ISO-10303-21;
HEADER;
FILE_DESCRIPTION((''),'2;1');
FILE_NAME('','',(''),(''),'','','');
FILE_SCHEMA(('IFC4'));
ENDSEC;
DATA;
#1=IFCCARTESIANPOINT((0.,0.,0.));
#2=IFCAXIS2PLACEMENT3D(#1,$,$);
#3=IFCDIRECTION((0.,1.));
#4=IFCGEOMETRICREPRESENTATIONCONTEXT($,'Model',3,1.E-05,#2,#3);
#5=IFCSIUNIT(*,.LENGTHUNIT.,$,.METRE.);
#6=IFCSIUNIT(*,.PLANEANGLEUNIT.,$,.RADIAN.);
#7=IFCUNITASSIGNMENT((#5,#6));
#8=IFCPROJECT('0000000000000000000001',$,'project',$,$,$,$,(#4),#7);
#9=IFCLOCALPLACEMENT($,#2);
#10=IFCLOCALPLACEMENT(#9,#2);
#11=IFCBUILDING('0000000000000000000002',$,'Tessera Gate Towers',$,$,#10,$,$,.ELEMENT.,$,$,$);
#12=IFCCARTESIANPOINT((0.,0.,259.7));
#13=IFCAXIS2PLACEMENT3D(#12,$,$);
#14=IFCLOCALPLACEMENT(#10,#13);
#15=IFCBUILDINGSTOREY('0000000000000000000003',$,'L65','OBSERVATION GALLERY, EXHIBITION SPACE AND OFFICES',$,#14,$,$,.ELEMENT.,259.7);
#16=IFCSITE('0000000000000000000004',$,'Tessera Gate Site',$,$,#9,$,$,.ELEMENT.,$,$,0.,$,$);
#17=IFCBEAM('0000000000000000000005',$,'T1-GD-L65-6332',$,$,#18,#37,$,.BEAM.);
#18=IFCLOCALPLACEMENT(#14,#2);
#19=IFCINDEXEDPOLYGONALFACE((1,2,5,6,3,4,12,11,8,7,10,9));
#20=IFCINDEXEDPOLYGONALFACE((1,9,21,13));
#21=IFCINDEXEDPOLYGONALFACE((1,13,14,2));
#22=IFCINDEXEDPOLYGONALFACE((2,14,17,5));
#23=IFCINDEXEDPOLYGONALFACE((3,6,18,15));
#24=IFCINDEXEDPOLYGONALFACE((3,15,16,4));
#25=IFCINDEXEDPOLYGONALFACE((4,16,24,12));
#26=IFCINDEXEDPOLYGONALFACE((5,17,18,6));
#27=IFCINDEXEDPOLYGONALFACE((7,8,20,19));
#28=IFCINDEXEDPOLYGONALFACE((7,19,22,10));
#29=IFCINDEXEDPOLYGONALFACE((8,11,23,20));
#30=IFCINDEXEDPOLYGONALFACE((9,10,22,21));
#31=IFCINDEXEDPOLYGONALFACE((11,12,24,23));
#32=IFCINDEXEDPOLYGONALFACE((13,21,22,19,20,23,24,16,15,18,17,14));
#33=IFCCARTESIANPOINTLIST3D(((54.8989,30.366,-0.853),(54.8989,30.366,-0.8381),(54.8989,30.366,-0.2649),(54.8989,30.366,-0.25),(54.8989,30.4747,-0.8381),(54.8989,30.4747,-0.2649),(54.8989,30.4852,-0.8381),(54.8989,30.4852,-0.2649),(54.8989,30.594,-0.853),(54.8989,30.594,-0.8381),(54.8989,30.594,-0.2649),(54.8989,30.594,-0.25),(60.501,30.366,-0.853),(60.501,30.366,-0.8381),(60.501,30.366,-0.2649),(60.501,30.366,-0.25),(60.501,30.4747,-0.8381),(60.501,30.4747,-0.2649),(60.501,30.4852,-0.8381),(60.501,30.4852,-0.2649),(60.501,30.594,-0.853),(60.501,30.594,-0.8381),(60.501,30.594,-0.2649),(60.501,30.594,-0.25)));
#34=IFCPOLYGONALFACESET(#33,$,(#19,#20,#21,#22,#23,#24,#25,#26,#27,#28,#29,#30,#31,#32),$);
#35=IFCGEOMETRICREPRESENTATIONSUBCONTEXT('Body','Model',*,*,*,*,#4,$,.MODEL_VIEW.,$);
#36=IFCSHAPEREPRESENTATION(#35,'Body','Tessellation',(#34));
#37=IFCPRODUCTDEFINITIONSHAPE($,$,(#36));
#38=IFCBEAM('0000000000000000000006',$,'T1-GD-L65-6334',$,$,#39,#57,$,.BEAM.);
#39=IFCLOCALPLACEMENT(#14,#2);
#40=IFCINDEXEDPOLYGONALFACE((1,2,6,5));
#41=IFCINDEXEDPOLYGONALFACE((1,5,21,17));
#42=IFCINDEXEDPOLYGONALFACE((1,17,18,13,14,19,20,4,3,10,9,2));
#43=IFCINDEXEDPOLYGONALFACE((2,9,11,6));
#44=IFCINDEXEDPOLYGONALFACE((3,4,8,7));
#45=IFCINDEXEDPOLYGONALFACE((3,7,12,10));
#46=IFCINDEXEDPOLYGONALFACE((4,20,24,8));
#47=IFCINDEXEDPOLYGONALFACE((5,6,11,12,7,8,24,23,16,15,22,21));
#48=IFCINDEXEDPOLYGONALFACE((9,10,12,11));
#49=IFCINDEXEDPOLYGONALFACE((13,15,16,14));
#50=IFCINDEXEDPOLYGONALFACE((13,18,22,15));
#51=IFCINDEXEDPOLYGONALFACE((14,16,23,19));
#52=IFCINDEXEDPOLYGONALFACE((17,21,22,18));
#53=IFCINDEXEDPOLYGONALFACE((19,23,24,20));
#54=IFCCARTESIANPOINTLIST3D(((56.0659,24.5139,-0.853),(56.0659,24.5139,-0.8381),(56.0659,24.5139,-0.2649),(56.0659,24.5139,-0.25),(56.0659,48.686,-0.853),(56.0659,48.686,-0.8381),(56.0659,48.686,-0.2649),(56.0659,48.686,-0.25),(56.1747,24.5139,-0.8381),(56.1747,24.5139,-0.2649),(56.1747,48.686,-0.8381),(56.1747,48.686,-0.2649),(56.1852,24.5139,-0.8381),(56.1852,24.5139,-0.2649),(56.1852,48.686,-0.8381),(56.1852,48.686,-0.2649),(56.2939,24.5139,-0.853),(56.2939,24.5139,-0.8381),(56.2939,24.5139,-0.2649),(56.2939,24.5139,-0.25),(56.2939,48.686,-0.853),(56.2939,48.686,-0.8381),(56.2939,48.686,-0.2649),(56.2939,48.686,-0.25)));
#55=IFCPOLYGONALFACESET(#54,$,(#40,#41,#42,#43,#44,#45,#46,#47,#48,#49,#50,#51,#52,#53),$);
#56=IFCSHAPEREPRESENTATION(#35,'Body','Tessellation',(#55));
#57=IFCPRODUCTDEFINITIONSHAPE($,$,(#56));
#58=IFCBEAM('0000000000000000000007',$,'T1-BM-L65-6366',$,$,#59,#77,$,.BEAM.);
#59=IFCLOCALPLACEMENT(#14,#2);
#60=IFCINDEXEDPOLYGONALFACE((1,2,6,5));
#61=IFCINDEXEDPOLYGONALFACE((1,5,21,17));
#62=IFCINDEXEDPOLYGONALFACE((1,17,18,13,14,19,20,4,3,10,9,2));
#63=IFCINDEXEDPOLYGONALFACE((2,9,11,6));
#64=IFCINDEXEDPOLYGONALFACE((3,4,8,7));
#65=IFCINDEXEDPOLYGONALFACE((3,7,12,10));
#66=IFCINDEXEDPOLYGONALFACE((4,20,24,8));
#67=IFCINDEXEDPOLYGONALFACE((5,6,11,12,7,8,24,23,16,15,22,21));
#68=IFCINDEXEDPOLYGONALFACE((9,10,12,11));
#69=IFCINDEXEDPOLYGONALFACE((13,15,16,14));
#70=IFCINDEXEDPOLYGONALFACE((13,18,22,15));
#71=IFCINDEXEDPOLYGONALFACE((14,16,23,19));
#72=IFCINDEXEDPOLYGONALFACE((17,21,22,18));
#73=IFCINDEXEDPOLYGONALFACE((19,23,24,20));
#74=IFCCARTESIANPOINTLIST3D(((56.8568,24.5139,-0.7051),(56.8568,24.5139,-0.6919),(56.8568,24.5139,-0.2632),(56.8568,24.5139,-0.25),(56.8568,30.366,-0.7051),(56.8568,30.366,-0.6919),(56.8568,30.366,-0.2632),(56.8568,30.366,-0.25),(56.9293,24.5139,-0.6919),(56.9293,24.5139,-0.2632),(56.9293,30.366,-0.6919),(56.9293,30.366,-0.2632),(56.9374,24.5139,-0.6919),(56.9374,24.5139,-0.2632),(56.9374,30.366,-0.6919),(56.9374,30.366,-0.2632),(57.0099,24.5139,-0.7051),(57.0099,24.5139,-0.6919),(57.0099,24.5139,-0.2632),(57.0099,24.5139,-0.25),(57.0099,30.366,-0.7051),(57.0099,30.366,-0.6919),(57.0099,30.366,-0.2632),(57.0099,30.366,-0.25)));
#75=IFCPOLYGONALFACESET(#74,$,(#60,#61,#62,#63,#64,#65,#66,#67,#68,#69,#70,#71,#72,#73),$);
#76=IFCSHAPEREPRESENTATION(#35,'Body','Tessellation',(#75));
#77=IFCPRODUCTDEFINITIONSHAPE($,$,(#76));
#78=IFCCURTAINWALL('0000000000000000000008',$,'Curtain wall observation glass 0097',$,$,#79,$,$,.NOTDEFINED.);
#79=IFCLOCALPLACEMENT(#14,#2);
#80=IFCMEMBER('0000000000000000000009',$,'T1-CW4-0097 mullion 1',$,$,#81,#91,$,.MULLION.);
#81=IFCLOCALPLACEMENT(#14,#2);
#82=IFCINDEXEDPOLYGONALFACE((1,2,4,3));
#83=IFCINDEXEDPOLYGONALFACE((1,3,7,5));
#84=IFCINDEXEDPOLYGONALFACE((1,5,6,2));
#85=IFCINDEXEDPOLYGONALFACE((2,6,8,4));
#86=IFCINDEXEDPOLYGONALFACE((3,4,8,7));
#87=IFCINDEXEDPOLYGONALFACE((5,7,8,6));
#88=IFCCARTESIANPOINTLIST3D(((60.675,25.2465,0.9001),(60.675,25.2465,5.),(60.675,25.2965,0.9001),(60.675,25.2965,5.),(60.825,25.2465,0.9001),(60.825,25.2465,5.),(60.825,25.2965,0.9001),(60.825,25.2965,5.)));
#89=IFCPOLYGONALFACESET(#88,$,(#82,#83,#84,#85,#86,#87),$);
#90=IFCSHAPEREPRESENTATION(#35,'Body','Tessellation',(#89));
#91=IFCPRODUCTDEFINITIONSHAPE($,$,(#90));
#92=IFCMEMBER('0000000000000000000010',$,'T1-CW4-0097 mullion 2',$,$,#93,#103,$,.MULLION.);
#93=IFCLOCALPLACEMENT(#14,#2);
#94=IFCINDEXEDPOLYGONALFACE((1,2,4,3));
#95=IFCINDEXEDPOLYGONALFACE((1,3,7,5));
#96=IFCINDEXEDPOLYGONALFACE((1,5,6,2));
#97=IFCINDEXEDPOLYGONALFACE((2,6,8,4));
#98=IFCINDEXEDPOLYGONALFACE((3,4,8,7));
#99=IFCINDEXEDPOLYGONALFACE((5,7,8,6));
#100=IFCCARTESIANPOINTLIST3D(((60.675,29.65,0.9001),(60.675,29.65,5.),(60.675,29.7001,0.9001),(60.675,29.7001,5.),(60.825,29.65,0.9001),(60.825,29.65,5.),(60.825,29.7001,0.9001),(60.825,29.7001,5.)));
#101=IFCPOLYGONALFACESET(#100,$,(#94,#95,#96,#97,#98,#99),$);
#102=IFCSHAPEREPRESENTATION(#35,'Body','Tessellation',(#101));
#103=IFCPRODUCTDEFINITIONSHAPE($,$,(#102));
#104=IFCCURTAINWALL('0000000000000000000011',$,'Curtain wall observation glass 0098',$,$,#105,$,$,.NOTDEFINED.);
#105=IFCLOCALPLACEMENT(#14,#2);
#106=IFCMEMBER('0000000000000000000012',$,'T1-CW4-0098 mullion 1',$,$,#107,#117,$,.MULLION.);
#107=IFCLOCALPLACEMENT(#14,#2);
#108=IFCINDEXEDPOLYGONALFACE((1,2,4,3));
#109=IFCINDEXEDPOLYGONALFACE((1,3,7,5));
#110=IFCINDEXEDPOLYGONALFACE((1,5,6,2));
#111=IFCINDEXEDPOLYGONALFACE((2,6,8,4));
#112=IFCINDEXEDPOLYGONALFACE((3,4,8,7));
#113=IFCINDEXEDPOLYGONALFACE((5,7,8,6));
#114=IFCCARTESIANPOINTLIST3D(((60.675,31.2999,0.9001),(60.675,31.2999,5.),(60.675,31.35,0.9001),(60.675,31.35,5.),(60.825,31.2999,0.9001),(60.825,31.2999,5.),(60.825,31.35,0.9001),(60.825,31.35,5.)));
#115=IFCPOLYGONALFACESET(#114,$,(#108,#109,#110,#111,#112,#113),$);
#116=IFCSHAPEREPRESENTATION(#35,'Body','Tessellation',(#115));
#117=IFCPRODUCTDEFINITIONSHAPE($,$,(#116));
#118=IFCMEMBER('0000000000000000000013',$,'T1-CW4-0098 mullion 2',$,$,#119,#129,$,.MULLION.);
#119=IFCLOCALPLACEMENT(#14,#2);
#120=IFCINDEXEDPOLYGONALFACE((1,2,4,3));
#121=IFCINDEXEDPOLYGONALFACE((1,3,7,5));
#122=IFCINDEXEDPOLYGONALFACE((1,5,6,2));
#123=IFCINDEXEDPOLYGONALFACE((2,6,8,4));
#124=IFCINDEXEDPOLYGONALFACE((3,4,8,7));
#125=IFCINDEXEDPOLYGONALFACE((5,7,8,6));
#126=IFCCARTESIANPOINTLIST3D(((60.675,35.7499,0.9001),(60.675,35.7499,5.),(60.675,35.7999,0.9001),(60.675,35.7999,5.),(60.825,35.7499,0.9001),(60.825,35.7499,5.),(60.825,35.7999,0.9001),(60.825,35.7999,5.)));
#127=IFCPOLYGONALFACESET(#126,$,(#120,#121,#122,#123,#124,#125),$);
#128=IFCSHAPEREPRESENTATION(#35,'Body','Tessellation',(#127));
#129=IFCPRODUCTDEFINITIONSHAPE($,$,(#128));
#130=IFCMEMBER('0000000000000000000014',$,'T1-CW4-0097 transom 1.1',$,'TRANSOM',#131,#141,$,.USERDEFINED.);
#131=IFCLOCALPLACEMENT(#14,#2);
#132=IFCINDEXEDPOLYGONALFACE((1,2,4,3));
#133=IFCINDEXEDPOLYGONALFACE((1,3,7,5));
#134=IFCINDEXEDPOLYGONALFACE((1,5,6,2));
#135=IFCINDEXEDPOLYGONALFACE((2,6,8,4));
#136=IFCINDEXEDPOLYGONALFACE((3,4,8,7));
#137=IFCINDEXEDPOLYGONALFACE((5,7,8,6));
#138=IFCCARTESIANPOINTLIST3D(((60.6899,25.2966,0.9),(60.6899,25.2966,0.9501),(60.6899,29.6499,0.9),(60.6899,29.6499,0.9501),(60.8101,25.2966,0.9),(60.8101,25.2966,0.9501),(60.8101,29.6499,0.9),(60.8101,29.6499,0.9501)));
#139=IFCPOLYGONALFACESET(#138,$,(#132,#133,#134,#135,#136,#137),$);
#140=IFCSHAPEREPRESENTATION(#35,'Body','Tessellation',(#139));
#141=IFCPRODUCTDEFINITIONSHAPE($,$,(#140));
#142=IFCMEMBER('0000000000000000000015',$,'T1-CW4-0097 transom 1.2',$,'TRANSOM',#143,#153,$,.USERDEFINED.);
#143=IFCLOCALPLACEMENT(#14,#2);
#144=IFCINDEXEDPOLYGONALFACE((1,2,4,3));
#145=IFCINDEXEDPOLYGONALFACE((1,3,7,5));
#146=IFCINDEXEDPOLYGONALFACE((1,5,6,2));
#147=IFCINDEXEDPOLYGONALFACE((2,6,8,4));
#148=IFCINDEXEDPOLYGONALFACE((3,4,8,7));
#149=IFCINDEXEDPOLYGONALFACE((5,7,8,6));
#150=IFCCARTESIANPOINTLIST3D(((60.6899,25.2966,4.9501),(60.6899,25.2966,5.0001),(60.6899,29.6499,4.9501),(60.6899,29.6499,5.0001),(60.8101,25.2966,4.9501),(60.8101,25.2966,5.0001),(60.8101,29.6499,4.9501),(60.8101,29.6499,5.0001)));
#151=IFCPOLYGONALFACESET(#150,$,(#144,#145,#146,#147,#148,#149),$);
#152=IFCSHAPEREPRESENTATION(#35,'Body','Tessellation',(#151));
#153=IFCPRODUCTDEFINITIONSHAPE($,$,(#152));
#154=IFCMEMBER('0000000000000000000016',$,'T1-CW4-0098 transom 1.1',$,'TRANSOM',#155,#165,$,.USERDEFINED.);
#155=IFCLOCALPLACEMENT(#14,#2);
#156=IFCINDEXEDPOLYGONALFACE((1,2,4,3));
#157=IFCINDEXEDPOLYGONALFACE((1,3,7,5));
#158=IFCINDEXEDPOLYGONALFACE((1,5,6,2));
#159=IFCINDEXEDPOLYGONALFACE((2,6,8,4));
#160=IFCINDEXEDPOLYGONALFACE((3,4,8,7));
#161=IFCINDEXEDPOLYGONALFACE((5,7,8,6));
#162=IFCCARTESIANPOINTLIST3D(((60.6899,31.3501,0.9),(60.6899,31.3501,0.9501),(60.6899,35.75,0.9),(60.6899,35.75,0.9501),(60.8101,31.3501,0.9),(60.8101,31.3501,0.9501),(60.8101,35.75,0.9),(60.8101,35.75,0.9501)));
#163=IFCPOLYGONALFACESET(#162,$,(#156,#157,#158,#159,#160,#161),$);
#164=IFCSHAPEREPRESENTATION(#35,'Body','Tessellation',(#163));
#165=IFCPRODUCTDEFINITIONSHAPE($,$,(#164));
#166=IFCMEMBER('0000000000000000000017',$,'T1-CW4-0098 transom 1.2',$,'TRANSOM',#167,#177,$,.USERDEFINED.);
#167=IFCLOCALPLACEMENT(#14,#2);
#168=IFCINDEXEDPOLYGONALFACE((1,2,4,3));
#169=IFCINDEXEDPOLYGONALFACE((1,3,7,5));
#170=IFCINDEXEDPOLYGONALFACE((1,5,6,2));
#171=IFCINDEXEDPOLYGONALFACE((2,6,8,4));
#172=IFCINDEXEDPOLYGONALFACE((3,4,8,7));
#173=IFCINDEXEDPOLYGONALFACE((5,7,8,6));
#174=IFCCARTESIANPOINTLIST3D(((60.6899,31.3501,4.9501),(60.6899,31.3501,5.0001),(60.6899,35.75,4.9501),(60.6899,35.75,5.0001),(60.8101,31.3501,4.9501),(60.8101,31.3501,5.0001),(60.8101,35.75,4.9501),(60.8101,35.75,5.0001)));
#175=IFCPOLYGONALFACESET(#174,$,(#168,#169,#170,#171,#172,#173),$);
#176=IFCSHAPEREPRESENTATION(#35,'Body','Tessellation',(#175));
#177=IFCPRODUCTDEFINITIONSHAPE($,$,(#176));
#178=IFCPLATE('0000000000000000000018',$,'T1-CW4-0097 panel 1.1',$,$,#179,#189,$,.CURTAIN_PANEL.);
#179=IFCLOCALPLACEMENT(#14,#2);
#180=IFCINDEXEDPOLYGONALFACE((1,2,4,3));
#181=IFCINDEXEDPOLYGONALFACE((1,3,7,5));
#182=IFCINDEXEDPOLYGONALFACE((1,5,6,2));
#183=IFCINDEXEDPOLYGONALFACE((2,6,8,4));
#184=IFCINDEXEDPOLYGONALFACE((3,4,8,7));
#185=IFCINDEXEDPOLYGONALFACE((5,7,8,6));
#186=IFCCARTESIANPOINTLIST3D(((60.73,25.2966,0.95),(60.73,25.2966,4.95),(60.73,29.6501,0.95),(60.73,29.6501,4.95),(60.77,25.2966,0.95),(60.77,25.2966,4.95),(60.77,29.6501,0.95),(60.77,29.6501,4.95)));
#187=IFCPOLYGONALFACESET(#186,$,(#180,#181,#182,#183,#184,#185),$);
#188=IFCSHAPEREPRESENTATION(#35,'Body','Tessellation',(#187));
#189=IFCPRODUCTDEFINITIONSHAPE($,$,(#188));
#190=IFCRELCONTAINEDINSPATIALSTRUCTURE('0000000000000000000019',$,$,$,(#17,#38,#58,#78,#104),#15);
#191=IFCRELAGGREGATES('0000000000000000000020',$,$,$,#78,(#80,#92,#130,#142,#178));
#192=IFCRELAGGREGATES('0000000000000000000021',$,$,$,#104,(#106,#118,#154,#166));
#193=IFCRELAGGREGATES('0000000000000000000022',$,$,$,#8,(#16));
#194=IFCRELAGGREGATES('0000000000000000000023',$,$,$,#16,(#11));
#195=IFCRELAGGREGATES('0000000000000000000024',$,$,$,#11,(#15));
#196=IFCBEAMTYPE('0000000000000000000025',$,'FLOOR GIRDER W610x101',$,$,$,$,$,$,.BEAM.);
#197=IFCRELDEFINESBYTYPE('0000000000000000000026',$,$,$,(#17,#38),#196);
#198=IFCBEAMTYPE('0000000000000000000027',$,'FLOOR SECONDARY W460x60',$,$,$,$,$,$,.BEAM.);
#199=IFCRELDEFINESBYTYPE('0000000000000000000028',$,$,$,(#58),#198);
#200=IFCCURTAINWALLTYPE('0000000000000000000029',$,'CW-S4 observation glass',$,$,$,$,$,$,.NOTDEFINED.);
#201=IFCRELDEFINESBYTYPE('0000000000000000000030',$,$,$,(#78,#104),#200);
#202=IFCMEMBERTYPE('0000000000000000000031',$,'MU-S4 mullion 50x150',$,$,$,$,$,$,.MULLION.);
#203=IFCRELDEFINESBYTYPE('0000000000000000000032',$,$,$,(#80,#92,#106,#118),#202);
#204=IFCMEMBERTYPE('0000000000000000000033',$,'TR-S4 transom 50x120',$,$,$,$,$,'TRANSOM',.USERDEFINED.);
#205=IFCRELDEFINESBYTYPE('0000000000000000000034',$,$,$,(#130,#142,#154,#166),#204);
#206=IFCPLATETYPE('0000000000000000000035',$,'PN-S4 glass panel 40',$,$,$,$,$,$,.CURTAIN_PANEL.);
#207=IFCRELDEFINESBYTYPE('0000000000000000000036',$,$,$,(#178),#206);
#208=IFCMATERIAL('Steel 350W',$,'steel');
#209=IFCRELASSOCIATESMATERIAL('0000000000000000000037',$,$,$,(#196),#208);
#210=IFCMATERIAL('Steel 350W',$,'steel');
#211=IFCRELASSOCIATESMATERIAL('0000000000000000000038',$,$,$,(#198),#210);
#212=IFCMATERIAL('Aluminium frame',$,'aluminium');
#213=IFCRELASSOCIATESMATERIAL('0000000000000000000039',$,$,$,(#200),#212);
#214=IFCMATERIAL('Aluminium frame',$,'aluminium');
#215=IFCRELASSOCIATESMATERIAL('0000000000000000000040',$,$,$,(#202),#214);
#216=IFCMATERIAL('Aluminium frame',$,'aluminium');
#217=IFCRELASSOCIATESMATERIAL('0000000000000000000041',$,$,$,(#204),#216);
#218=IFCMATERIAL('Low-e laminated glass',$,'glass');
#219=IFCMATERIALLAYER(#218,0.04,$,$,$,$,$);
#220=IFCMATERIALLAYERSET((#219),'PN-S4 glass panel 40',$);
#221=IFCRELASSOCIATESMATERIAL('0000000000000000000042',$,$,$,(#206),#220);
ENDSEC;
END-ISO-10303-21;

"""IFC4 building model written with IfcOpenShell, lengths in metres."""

from ifc_helpers import new_model, si_unit, direction, frame, origin, origin_2d, place, context, subcontext, project, spatial, rectangle, i_section, extrude, material, layer, layer_set, material_profile, profile_set, type_object, element, aggregate, save


model = new_model("IFC4")

# Units and contexts
model_context = context("Model", 3, precision=1e-05, world=origin(), true_north=direction((0.0, 1.0)))
body_context = subcontext(model_context, "Body", "Model", "MODEL_VIEW")
ifc_project = project(units=[si_unit("LENGTHUNIT", "METRE"), si_unit("PLANEANGLEUNIT", "RADIAN")], contexts=[model_context])

# Site, building, storey
site_placement = place(None, origin())
site = spatial("IfcSite", under=ifc_project, at=site_placement, Name="Tessera Gate Site", CompositionType="ELEMENT", RefElevation=0.0)
building_placement = place(site_placement, origin())
building = spatial("IfcBuilding", under=site, at=building_placement, Name="Tessera Gate Towers", CompositionType="ELEMENT")
storey_placement = place(building_placement, frame((0.0, 0.0, 259.7)))
storey = spatial("IfcBuildingStorey", under=building, at=storey_placement, Name="L65", Description="OBSERVATION GALLERY, EXHIBITION SPACE AND OFFICES", CompositionType="ELEMENT", Elevation=259.7)

# Beams
ifc_material_1 = material(Name="Steel 350W", Category="steel")
ifc_material_profile_1 = material_profile(ifc_material_1, i_section(OverallWidth=0.228, OverallDepth=0.603, WebThickness=0.0105, FlangeThickness=0.0149, at=origin_2d()), Name="W610x101")
ifc_profile_set_1 = profile_set([ifc_material_profile_1], Name="Steel 350W")
beam_type_1 = type_object("IfcBeamType", Name="FLOOR GIRDER W610x101", PredefinedType="BEAM", material=ifc_profile_set_1)
beam_1_placement = place(storey_placement, frame((54.8989, 30.48, -0.5515), z_axis=(1.0, 0.0, 0.0), x_axis=(0.0, 1.0, 0.0)))
element("IfcBeam", 1, at=beam_1_placement, inside=storey, type_object=beam_type_1, Name="T1-GD-L65-6332", PredefinedType="BEAM", context=body_context, shape_type="SweptSolid", body=[
    extrude(i_section(OverallWidth=0.228, OverallDepth=0.603, WebThickness=0.0105, FlangeThickness=0.0149, at=origin_2d()), origin(), (0.0, 0.0, 1.0), 5.6021),
])
beam_2_placement = place(storey_placement, frame((56.1799, 24.5139, -0.5515), z_axis=(0.0, 1.0, 0.0), x_axis=(-1.0, 0.0, 0.0)))
element("IfcBeam", 2, at=beam_2_placement, inside=storey, type_object=beam_type_1, Name="T1-GD-L65-6334", PredefinedType="BEAM", context=body_context, shape_type="SweptSolid", body=[
    extrude(i_section(OverallWidth=0.228, OverallDepth=0.603, WebThickness=0.0105, FlangeThickness=0.0149, at=origin_2d()), origin(), (0.0, 0.0, 1.0), 24.1721),
])
ifc_material_2 = material(Name="Steel 350W", Category="steel")
ifc_material_profile_2 = material_profile(ifc_material_2, i_section(OverallWidth=0.1531, OverallDepth=0.4551, WebThickness=0.0081, FlangeThickness=0.0132, at=origin_2d()), Name="W460x60")
ifc_profile_set_2 = profile_set([ifc_material_profile_2], Name="Steel 350W")
beam_type_2 = type_object("IfcBeamType", Name="FLOOR SECONDARY W460x60", PredefinedType="BEAM", material=ifc_profile_set_2)
beam_3_placement = place(storey_placement, frame((56.9333, 24.5139, -0.4775), z_axis=(0.0, 1.0, 0.0), x_axis=(-1.0, 0.0, 0.0)))
element("IfcBeam", 3, at=beam_3_placement, inside=storey, type_object=beam_type_2, Name="T1-BM-L65-6366", PredefinedType="BEAM", context=body_context, shape_type="SweptSolid", body=[
    extrude(i_section(OverallWidth=0.1531, OverallDepth=0.4551, WebThickness=0.0081, FlangeThickness=0.0132, at=origin_2d()), origin(), (0.0, 0.0, 1.0), 5.8521),
])

# Curtain walls, members
ifc_material_3 = material(Name="Aluminium frame", Category="aluminium")
curtain_wall_type = type_object("IfcCurtainWallType", Name="CW-S4 observation glass", PredefinedType="NOTDEFINED", material=ifc_material_3)
curtain_wall_1_placement = place(storey_placement, origin())
curtain_wall_1 = element("IfcCurtainWall", 4, at=curtain_wall_1_placement, inside=storey, type_object=curtain_wall_type, Name="Curtain wall observation glass 0097", PredefinedType="NOTDEFINED")
ifc_material_4 = material(Name="Aluminium frame", Category="aluminium")
ifc_material_profile_3 = material_profile(ifc_material_4, rectangle(XDim=0.05, YDim=0.1499, at=origin_2d()), Name="AL 50x150")
ifc_profile_set_3 = profile_set([ifc_material_profile_3], Name="Aluminium frame")
member_type_1 = type_object("IfcMemberType", Name="MU-S4 mullion 50x150", PredefinedType="MULLION", material=ifc_profile_set_3)
member_1_placement = place(storey_placement, frame((60.75, 25.2715, 0.9001), z_axis=(0.0, 0.0, 1.0), x_axis=(0.0, 1.0, 0.0)))
member_1 = element("IfcMember", 5, at=member_1_placement, type_object=member_type_1, Name="T1-CW4-0097 mullion 1", PredefinedType="MULLION", context=body_context, shape_type="SweptSolid", body=[
    extrude(rectangle(XDim=0.05, YDim=0.1499, at=origin_2d()), origin(), (0.0, 0.0, 1.0), 4.0999),
])
member_2_placement = place(storey_placement, frame((60.75, 29.675, 0.9001), z_axis=(0.0, 0.0, 1.0), x_axis=(0.0, 1.0, 0.0)))
member_2 = element("IfcMember", 6, at=member_2_placement, type_object=member_type_1, Name="T1-CW4-0097 mullion 2", PredefinedType="MULLION", context=body_context, shape_type="SweptSolid", body=[
    extrude(rectangle(XDim=0.05, YDim=0.1499, at=origin_2d()), origin(), (0.0, 0.0, 1.0), 4.0999),
])
curtain_wall_2_placement = place(storey_placement, origin())
curtain_wall_2 = element("IfcCurtainWall", 7, at=curtain_wall_2_placement, inside=storey, type_object=curtain_wall_type, Name="Curtain wall observation glass 0098", PredefinedType="NOTDEFINED")
member_3_placement = place(storey_placement, frame((60.75, 31.325, 0.9001), z_axis=(0.0, 0.0, 1.0), x_axis=(0.0, 1.0, 0.0)))
member_3 = element("IfcMember", 8, at=member_3_placement, type_object=member_type_1, Name="T1-CW4-0098 mullion 1", PredefinedType="MULLION", context=body_context, shape_type="SweptSolid", body=[
    extrude(rectangle(XDim=0.05, YDim=0.1499, at=origin_2d()), origin(), (0.0, 0.0, 1.0), 4.0999),
])
member_4_placement = place(storey_placement, frame((60.75, 35.7749, 0.9001), z_axis=(0.0, 0.0, 1.0), x_axis=(0.0, 1.0, 0.0)))
member_4 = element("IfcMember", 9, at=member_4_placement, type_object=member_type_1, Name="T1-CW4-0098 mullion 2", PredefinedType="MULLION", context=body_context, shape_type="SweptSolid", body=[
    extrude(rectangle(XDim=0.05, YDim=0.1499, at=origin_2d()), origin(), (0.0, 0.0, 1.0), 4.0999),
])

# Members
ifc_material_5 = material(Name="Aluminium frame", Category="aluminium")
ifc_material_profile_4 = material_profile(ifc_material_5, rectangle(XDim=0.1201, YDim=0.05, at=origin_2d()), Name="AL 50x120")
ifc_profile_set_4 = profile_set([ifc_material_profile_4], Name="Aluminium frame")
member_type_2 = type_object("IfcMemberType", Name="TR-S4 transom 50x120", ElementType="TRANSOM", PredefinedType="USERDEFINED", material=ifc_profile_set_4)
member_5_placement = place(storey_placement, frame((60.75, 25.2966, 0.925), z_axis=(0.0, 1.0, 0.0), x_axis=(-1.0, 0.0, 0.0)))
member_5 = element("IfcMember", 10, at=member_5_placement, type_object=member_type_2, Name="T1-CW4-0097 transom 1.1", ObjectType="TRANSOM", PredefinedType="USERDEFINED", context=body_context, shape_type="SweptSolid", body=[
    extrude(rectangle(XDim=0.1201, YDim=0.05, at=origin_2d()), origin(), (0.0, 0.0, 1.0), 4.3533),
])
member_6_placement = place(storey_placement, frame((60.75, 25.2966, 4.9751), z_axis=(0.0, 1.0, 0.0), x_axis=(-1.0, 0.0, 0.0)))
member_6 = element("IfcMember", 11, at=member_6_placement, type_object=member_type_2, Name="T1-CW4-0097 transom 1.2", ObjectType="TRANSOM", PredefinedType="USERDEFINED", context=body_context, shape_type="SweptSolid", body=[
    extrude(rectangle(XDim=0.1201, YDim=0.05, at=origin_2d()), origin(), (0.0, 0.0, 1.0), 4.3533),
])
member_7_placement = place(storey_placement, frame((60.75, 31.3501, 0.925), z_axis=(0.0, 1.0, 0.0), x_axis=(-1.0, 0.0, 0.0)))
member_7 = element("IfcMember", 12, at=member_7_placement, type_object=member_type_2, Name="T1-CW4-0098 transom 1.1", ObjectType="TRANSOM", PredefinedType="USERDEFINED", context=body_context, shape_type="SweptSolid", body=[
    extrude(rectangle(XDim=0.1201, YDim=0.05, at=origin_2d()), origin(), (0.0, 0.0, 1.0), 4.3999),
])
member_8_placement = place(storey_placement, frame((60.75, 31.3501, 4.9751), z_axis=(0.0, 1.0, 0.0), x_axis=(-1.0, 0.0, 0.0)))
member_8 = element("IfcMember", 13, at=member_8_placement, type_object=member_type_2, Name="T1-CW4-0098 transom 1.2", ObjectType="TRANSOM", PredefinedType="USERDEFINED", context=body_context, shape_type="SweptSolid", body=[
    extrude(rectangle(XDim=0.1201, YDim=0.05, at=origin_2d()), origin(), (0.0, 0.0, 1.0), 4.3999),
])

# Plate
ifc_material_6 = material(Name="Low-e laminated glass", Category="glass")
ifc_layer_1 = layer(ifc_material_6, 0.04)
ifc_layer_set_1 = layer_set([ifc_layer_1], Name="PN-S4 glass panel 40")
plate_type = type_object("IfcPlateType", Name="PN-S4 glass panel 40", PredefinedType="CURTAIN_PANEL", material=ifc_layer_set_1)
plate_1_placement = place(storey_placement, frame((60.75, 27.4734, 0.95), z_axis=(0.0, 0.0, 1.0), x_axis=(0.0, 1.0, 0.0)))
plate_1 = element("IfcPlate", 14, at=plate_1_placement, type_object=plate_type, Name="T1-CW4-0097 panel 1.1", PredefinedType="CURTAIN_PANEL", context=body_context, shape_type="SweptSolid", body=[
    extrude(rectangle(XDim=4.3535, YDim=0.04, at=origin_2d()), origin(), (0.0, 0.0, 1.0), 4.0),
])
aggregate(curtain_wall_1, [member_1, member_2, member_5, member_6, plate_1])
aggregate(curtain_wall_2, [member_3, member_4, member_7, member_8])

save(model, "model.ifc")
